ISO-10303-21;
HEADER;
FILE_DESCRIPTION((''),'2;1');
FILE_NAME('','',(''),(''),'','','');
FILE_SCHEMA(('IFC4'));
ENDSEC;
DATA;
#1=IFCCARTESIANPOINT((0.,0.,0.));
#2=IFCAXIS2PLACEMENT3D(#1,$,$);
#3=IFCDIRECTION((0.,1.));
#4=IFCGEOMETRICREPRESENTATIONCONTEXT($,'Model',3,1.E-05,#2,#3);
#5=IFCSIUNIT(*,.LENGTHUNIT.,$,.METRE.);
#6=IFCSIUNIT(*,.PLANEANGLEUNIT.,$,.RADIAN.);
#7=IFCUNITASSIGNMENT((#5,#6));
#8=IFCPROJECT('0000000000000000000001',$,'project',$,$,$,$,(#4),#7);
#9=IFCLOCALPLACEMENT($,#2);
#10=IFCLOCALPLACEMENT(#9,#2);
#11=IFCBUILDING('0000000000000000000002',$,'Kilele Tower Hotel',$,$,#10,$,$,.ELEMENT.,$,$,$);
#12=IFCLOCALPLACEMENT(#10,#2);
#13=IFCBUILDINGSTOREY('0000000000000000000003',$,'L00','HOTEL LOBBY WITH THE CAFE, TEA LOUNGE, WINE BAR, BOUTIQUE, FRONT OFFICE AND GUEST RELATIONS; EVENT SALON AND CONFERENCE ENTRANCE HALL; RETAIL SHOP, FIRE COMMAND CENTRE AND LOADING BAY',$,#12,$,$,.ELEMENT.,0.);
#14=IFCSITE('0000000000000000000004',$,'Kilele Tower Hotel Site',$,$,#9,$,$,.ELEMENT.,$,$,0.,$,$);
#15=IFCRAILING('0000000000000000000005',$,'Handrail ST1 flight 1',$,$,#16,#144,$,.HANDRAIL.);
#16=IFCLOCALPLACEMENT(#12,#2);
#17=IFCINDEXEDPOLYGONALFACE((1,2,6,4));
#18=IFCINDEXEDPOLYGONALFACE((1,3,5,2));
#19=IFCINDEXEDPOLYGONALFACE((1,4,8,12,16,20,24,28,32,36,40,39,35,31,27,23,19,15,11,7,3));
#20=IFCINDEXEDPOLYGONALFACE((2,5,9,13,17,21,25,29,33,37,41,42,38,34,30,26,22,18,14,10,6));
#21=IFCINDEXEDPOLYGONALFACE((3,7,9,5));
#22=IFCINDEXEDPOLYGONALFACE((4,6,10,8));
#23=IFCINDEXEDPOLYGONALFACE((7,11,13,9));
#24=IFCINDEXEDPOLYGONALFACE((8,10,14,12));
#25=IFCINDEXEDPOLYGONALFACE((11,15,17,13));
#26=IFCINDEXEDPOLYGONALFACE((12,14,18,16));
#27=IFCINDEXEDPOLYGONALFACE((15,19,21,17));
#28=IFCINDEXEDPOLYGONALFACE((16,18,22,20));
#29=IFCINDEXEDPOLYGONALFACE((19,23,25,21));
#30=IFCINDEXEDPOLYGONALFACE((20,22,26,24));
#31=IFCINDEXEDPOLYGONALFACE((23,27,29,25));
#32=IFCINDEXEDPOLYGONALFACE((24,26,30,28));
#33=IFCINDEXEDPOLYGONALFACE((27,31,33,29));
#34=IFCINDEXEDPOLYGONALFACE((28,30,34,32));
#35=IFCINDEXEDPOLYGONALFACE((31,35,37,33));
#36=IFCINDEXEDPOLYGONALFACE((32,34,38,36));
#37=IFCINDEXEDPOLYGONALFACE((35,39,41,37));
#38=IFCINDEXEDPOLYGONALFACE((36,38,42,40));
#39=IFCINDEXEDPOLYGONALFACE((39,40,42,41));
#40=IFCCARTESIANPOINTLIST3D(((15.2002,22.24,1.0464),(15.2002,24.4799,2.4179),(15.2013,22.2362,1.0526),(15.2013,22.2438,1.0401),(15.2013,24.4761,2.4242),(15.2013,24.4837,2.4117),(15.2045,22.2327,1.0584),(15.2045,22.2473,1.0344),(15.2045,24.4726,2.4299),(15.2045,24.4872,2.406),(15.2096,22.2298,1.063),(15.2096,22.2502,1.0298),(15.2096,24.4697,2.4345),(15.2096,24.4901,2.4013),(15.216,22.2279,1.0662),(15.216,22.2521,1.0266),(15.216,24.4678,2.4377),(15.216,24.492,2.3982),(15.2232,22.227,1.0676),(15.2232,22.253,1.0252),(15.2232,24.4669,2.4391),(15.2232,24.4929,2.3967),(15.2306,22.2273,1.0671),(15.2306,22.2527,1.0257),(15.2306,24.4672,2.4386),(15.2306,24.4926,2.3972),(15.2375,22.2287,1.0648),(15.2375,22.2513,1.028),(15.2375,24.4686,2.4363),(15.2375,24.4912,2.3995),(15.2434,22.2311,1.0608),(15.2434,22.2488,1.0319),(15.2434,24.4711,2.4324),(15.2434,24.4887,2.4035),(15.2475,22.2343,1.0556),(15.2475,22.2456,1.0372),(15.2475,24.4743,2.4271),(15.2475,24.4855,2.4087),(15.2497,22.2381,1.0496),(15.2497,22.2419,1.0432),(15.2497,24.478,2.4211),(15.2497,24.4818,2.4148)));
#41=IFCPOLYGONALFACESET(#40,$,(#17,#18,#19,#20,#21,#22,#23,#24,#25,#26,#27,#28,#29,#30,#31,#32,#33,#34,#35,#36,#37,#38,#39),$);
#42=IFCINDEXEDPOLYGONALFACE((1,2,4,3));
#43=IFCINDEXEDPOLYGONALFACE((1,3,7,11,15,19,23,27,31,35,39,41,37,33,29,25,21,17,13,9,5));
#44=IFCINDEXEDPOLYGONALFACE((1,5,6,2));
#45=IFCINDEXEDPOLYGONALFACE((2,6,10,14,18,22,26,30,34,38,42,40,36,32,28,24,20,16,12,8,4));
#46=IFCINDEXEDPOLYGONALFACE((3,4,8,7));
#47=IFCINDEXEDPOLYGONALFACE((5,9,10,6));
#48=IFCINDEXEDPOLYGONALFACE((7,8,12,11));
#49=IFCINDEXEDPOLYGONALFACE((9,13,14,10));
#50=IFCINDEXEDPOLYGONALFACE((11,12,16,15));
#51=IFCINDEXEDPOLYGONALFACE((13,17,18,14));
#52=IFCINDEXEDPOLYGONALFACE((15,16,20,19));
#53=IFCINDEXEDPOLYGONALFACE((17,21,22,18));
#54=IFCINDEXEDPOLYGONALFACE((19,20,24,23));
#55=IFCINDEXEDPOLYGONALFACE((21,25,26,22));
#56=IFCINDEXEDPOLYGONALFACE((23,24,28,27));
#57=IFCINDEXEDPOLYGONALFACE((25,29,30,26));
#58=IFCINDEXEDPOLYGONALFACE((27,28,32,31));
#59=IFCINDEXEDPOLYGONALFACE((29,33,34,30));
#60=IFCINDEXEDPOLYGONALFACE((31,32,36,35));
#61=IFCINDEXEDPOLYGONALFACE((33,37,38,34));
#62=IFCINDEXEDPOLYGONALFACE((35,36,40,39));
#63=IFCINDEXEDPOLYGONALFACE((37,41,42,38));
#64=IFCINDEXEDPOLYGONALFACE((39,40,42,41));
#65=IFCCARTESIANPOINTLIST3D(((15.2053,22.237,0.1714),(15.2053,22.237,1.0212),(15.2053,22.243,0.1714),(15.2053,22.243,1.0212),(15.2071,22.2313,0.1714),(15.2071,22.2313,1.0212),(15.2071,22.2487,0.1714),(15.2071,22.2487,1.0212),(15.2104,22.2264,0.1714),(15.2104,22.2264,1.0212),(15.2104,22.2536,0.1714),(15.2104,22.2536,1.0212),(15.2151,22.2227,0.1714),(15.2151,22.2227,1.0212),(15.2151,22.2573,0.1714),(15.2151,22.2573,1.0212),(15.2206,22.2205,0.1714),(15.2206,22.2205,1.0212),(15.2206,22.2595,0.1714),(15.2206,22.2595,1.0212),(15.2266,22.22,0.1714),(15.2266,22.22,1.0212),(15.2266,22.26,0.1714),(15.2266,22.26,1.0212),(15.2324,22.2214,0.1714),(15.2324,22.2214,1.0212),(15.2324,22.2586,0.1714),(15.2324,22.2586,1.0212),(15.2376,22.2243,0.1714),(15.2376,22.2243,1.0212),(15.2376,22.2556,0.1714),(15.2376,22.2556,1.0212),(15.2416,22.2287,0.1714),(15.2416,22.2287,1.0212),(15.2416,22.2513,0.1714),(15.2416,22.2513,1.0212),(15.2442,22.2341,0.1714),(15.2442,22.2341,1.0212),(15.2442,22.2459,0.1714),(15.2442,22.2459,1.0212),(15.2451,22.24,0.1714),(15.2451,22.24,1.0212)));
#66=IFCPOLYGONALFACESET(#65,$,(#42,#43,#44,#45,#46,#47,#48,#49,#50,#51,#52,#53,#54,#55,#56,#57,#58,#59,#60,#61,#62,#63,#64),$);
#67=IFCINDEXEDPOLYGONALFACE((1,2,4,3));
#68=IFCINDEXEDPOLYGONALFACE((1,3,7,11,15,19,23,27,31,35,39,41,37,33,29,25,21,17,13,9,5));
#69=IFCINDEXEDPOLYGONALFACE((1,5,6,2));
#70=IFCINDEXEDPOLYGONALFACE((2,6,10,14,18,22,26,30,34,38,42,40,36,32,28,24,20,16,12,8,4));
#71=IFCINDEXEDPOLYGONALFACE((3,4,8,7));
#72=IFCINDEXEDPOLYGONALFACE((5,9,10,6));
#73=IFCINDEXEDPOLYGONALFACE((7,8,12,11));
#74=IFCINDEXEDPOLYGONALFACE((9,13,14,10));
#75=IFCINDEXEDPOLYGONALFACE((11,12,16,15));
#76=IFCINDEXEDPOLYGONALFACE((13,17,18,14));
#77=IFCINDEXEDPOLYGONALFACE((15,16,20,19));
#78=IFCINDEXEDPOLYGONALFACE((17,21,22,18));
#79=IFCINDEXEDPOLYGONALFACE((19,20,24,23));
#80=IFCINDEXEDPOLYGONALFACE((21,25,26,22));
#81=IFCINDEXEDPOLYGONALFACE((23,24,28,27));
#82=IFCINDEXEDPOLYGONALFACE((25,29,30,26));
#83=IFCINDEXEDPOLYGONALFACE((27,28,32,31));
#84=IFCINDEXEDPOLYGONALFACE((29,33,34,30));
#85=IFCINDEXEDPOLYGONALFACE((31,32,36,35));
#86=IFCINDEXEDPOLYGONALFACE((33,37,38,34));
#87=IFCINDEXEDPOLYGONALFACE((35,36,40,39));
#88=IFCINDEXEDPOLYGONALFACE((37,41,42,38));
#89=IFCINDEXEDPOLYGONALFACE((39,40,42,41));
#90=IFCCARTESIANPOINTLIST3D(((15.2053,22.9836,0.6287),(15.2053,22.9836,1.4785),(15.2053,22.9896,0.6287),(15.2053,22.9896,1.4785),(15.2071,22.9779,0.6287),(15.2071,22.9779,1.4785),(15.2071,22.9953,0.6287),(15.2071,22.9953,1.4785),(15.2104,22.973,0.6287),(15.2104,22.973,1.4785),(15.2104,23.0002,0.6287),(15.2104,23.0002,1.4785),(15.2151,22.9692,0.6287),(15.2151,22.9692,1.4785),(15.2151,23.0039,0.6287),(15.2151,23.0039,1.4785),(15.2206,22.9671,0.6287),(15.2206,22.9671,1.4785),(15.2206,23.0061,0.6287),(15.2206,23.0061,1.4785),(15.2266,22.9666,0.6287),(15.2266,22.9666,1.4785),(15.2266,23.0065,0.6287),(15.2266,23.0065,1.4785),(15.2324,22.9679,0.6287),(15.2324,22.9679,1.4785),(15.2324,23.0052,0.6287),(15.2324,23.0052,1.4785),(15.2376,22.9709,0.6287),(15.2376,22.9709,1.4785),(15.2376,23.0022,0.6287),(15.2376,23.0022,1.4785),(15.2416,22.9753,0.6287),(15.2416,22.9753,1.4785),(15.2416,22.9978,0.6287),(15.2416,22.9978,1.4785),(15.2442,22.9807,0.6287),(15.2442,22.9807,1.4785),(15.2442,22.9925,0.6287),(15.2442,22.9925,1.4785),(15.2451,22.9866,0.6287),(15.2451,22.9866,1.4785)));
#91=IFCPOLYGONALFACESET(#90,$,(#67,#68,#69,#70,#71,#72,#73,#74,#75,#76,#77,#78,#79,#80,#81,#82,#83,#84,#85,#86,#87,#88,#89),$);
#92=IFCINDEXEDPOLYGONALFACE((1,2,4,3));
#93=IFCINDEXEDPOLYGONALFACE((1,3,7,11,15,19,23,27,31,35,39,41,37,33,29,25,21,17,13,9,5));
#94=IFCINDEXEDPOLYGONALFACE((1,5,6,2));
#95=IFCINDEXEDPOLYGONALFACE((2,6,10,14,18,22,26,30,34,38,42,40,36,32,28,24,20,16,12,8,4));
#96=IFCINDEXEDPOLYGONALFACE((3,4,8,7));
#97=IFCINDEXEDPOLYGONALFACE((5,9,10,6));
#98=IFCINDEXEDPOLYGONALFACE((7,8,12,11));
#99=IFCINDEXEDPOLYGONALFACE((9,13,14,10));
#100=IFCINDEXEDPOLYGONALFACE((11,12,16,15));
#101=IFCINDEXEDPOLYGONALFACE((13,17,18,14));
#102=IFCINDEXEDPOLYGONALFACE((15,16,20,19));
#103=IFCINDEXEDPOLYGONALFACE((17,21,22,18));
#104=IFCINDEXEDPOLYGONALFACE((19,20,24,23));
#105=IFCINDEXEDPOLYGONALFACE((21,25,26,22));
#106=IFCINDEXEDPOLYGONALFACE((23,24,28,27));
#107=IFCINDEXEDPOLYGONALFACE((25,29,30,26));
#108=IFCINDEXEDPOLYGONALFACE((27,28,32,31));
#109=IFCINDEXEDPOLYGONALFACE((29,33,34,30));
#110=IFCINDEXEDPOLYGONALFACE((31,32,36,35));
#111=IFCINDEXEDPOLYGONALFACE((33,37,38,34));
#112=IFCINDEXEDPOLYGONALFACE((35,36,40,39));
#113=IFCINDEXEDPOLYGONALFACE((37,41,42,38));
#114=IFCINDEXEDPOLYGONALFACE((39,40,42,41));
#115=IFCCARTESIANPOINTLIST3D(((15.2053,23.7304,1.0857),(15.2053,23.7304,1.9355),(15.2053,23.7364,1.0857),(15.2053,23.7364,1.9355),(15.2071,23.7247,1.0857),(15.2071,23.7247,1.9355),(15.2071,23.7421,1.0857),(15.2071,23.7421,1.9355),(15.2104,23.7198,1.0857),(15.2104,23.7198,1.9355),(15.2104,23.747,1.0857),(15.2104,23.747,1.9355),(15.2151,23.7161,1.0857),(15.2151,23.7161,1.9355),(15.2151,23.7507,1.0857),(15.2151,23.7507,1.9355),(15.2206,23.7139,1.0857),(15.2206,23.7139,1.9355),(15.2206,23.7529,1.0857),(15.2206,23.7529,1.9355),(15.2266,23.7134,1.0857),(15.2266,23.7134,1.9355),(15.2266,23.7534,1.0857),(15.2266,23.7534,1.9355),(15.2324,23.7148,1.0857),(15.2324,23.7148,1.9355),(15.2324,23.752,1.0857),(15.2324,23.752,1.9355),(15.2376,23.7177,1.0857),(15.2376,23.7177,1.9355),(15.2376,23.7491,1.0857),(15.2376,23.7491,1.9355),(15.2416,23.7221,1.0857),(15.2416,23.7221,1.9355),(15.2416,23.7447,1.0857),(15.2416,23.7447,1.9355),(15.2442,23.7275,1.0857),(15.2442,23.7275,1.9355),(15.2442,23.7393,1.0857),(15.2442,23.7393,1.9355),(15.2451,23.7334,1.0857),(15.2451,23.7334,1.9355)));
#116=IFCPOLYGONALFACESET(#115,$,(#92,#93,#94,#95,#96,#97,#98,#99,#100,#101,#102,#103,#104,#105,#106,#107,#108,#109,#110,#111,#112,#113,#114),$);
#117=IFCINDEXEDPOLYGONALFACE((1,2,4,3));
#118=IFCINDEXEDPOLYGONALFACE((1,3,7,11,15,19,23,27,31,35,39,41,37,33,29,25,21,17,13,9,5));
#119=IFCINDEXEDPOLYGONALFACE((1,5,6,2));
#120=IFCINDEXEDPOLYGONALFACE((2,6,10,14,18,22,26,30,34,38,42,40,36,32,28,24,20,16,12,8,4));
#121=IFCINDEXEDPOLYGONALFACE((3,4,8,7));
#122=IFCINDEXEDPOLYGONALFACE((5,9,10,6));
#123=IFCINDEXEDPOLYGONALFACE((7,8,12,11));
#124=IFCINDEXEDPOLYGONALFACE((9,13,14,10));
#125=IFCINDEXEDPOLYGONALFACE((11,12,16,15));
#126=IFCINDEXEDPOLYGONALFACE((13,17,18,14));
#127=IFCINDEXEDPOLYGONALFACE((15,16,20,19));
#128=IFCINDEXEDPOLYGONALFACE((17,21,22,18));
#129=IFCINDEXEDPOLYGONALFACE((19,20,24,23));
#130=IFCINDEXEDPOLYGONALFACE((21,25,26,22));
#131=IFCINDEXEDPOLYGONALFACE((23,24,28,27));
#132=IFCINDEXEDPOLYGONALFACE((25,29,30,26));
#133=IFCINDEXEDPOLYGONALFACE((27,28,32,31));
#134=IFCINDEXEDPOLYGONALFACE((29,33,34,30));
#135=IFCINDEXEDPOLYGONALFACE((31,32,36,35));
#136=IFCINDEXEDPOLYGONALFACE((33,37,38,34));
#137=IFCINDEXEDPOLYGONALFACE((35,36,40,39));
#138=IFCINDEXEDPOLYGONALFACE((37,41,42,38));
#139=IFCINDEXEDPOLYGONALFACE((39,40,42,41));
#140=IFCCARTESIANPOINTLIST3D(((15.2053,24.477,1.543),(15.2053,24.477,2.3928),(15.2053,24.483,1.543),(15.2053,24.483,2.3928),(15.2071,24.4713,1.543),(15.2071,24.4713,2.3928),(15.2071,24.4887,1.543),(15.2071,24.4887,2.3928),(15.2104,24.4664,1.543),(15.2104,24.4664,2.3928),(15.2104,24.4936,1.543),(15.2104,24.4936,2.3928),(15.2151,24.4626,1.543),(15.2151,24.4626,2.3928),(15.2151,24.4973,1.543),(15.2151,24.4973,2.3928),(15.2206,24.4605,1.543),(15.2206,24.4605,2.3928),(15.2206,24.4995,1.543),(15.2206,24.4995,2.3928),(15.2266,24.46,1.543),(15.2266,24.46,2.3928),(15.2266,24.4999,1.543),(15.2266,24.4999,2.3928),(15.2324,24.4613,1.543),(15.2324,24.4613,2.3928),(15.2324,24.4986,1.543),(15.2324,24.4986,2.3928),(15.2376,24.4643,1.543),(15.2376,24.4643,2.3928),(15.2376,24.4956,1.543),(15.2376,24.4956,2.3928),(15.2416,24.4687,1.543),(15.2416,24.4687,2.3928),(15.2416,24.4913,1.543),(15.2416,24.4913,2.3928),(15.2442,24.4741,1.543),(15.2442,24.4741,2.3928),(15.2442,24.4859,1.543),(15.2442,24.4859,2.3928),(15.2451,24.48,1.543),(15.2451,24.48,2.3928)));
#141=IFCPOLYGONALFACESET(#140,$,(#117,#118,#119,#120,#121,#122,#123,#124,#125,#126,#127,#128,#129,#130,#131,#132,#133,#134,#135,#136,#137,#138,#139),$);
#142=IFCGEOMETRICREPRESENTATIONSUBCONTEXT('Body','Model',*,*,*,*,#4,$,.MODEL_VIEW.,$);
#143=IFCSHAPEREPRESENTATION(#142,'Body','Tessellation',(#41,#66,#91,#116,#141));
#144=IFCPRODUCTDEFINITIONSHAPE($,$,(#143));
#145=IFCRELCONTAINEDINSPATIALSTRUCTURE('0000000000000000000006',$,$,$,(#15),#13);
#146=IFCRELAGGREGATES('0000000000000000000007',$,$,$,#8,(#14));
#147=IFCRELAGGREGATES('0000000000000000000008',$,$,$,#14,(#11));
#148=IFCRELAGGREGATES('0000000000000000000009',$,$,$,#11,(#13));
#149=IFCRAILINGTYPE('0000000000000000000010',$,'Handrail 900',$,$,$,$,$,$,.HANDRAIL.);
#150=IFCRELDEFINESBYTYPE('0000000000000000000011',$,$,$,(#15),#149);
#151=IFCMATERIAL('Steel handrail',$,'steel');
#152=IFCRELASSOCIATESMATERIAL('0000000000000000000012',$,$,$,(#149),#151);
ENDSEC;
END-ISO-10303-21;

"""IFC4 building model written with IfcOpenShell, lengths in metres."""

from ifc_helpers import new_model, si_unit, direction, frame, origin, origin_2d, place, context, subcontext, project, spatial, circle, extrude, material, type_object, element, save


model = new_model("IFC4")

# Units and contexts
model_context = context("Model", 3, precision=1e-05, world=origin(), true_north=direction((0.0, 1.0)))
body_context = subcontext(model_context, "Body", "Model", "MODEL_VIEW")
ifc_project = project(units=[si_unit("LENGTHUNIT", "METRE"), si_unit("PLANEANGLEUNIT", "RADIAN")], contexts=[model_context])

# Site, building, storey
site_placement = place(None, origin())
site = spatial("IfcSite", under=ifc_project, at=site_placement, Name="Kilele Tower Hotel Site", CompositionType="ELEMENT", RefElevation=0.0)
building_placement = place(site_placement, origin())
building = spatial("IfcBuilding", under=site, at=building_placement, Name="Kilele Tower Hotel", CompositionType="ELEMENT")
storey_placement = place(building_placement, origin())
storey = spatial("IfcBuildingStorey", under=building, at=storey_placement, Name="L00", Description="HOTEL LOBBY WITH THE CAFE, TEA LOUNGE, WINE BAR, BOUTIQUE, FRONT OFFICE AND GUEST RELATIONS; EVENT SALON AND CONFERENCE ENTRANCE HALL; RETAIL SHOP, FIRE COMMAND CENTRE AND LOADING BAY", CompositionType="ELEMENT", Elevation=0.0)

# Railing
ifc_material_1 = material(Name="Steel handrail", Category="steel")
railing_type_1 = type_object("IfcRailingType", Name="Handrail 900", PredefinedType="HANDRAIL", material=ifc_material_1)
railing_1_placement = place(storey_placement, frame((15.2251, 22.24, 0.1714)))
element("IfcRailing", 1, at=railing_1_placement, inside=storey, type_object=railing_type_1, Name="Handrail ST1 flight 1", PredefinedType="HANDRAIL", context=body_context, shape_type="SweptSolid", body=[
    extrude(circle(Radius=0.0249, at=origin_2d()), frame((0.0, 0.0, 0.875), z_axis=(0.0, 0.852824, 0.522198), x_axis=(-1.0, 0.0, 0.0)), (0.0, 0.0, 1.0), 2.6265),
    extrude(circle(Radius=0.02, at=origin_2d()), origin(), (0.0, 0.0, 1.0), 0.8499),
    extrude(circle(Radius=0.02, at=origin_2d()), frame((0.0, 0.7466, 0.4573)), (0.0, 0.0, 1.0), 0.8499),
    extrude(circle(Radius=0.02, at=origin_2d()), frame((0.0, 1.4934, 0.9143)), (0.0, 0.0, 1.0), 0.8499),
    extrude(circle(Radius=0.02, at=origin_2d()), frame((0.0, 2.24, 1.3716)), (0.0, 0.0, 1.0), 0.8499),
])

save(model, "model.ifc")
